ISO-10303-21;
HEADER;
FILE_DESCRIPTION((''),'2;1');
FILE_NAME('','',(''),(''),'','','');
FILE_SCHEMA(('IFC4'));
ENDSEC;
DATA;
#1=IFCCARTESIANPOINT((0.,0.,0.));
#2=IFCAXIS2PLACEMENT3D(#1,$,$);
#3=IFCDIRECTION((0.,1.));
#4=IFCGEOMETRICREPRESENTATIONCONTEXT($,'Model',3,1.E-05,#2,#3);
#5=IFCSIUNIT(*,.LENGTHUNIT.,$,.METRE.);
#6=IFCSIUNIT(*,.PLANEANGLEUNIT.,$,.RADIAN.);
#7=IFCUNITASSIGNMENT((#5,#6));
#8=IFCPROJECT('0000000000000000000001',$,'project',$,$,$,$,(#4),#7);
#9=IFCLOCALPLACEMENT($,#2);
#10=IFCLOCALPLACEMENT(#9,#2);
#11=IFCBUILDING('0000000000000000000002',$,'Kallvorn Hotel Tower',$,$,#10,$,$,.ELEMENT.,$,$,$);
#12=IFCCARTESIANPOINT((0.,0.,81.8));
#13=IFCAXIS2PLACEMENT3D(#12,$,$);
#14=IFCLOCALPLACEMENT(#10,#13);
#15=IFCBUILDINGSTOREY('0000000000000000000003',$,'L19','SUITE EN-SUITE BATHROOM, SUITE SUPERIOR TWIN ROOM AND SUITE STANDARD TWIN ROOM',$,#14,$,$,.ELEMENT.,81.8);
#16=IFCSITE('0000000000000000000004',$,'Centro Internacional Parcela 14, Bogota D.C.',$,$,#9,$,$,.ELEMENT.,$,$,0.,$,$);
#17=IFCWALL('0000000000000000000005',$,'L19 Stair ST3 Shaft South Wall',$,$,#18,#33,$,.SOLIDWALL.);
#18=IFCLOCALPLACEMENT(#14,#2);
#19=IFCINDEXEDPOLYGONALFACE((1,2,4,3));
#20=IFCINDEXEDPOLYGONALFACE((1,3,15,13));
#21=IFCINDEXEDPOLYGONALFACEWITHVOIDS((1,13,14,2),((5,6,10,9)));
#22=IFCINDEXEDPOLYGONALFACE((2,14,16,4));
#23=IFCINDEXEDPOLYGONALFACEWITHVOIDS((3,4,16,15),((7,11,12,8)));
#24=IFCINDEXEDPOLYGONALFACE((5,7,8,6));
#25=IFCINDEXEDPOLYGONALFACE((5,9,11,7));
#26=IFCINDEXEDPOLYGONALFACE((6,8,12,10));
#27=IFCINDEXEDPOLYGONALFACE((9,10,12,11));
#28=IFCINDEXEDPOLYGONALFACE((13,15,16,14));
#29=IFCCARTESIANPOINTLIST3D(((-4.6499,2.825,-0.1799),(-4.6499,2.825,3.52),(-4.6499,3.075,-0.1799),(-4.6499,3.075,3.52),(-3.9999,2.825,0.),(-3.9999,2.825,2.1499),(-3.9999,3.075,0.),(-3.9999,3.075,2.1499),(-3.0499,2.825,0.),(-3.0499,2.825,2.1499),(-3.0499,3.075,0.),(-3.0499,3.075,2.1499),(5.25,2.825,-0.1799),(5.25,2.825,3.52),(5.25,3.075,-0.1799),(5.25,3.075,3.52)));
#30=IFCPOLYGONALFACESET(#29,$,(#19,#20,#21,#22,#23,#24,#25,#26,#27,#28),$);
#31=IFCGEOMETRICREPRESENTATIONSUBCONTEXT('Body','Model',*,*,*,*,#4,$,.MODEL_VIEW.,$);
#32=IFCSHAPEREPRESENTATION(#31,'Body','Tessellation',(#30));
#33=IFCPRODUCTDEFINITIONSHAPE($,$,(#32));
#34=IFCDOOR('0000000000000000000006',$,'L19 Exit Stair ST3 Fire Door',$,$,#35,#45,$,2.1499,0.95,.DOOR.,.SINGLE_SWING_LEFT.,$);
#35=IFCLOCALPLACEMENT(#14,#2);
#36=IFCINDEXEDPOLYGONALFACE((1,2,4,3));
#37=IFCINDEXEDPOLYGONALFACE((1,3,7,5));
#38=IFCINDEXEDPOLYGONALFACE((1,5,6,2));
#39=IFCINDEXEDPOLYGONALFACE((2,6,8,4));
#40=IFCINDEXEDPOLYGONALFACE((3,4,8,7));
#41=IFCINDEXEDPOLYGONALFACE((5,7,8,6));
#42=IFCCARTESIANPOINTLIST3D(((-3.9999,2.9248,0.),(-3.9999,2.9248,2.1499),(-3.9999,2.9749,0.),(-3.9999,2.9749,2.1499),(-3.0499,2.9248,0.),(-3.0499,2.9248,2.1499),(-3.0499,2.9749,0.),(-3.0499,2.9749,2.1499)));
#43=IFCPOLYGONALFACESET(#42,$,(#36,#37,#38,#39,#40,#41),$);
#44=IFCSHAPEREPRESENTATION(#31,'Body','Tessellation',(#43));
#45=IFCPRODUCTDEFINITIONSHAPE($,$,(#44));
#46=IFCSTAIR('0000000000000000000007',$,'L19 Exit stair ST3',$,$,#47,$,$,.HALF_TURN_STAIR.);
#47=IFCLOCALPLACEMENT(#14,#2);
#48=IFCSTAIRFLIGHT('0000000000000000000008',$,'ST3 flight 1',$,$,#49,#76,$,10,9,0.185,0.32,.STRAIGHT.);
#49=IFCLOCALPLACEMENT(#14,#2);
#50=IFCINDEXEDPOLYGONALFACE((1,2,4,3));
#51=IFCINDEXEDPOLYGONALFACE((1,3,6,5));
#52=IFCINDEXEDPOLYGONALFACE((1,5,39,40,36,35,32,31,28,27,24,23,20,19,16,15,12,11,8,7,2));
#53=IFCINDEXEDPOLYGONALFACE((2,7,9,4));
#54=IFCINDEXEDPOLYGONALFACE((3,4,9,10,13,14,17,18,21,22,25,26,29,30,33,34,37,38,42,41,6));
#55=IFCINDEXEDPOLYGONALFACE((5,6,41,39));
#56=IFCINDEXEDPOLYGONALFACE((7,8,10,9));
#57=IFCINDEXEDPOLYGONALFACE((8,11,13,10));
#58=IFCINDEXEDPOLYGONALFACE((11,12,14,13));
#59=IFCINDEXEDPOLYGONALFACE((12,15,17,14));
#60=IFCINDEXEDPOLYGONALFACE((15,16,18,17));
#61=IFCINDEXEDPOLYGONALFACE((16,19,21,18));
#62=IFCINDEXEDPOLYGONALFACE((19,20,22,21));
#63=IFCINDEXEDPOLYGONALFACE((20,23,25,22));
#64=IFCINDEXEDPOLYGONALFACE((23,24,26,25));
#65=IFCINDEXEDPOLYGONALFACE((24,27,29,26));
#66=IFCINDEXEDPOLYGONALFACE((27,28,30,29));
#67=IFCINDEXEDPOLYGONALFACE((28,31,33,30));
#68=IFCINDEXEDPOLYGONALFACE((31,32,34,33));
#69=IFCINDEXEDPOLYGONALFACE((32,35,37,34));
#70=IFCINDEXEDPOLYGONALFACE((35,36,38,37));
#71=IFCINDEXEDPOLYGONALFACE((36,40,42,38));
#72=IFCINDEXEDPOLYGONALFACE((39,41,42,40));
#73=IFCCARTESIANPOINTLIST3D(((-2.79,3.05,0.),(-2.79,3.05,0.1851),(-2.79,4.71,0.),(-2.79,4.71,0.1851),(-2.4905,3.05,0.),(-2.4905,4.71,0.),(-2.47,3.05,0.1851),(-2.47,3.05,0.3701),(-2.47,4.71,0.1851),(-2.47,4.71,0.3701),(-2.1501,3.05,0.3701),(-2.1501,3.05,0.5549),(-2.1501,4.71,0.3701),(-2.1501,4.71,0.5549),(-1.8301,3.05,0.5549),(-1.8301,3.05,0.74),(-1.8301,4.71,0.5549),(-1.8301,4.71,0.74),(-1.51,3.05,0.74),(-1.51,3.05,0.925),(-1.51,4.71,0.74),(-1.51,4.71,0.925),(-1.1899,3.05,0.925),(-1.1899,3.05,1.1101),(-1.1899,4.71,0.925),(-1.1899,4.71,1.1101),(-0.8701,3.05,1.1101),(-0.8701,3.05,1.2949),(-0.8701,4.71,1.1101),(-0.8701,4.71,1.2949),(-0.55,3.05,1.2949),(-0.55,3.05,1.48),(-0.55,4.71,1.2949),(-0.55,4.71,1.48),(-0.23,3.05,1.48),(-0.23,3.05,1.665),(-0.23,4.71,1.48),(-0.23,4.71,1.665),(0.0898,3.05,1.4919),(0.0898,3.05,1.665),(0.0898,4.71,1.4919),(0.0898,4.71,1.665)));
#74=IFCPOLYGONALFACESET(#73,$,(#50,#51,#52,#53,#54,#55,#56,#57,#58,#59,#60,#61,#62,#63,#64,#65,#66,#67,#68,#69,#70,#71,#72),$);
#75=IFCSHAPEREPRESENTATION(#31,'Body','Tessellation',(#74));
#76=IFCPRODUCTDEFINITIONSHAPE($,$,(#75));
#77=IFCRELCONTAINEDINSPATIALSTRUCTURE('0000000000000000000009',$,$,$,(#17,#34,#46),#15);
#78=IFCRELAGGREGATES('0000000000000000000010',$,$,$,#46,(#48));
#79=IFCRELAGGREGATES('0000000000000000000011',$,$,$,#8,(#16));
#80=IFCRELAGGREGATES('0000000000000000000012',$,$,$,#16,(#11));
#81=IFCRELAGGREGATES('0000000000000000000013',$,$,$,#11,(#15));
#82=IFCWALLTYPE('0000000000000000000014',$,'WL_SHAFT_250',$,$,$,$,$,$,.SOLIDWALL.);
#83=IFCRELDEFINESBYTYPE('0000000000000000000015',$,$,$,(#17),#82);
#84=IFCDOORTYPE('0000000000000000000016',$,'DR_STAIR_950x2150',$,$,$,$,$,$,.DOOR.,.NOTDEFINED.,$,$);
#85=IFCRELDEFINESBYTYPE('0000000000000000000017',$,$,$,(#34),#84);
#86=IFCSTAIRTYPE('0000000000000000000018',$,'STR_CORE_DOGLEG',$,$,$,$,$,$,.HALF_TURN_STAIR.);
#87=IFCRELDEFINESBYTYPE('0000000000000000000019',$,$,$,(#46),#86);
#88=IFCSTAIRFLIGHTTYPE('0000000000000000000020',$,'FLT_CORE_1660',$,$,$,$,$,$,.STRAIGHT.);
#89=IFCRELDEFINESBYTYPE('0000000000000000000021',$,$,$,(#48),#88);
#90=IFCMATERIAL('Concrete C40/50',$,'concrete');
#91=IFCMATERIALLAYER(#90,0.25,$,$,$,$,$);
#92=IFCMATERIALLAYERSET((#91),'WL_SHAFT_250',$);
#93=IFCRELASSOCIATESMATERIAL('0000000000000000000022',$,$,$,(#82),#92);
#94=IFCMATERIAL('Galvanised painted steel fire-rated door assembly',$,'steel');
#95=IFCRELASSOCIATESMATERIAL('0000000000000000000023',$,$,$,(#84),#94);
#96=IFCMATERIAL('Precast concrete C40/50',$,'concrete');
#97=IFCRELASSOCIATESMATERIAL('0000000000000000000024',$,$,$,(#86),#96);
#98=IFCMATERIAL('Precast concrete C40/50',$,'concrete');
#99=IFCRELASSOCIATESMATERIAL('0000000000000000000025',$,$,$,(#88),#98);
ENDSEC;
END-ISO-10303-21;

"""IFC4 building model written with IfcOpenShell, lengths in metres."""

from ifc_helpers import new_model, si_unit, direction, frame, frame_2d, origin, place, context, subcontext, project, spatial, polyline, rectangle, outline, extrude, material, layer, layer_set, type_object, element, fill, aggregate, save


model = new_model("IFC4")

# Units and contexts
model_context = context("Model", 3, precision=1e-05, world=origin(), true_north=direction((0.0, 1.0)))
body_context = subcontext(model_context, "Body", "Model", "MODEL_VIEW")
ifc_project = project(units=[si_unit("LENGTHUNIT", "METRE"), si_unit("PLANEANGLEUNIT", "RADIAN")], contexts=[model_context])

# Site, building, storey
site_placement = place(None, origin())
site = spatial("IfcSite", under=ifc_project, at=site_placement, Name="Centro Internacional Parcela 14, Bogota D.C.", CompositionType="ELEMENT", RefElevation=0.0)
building_placement = place(site_placement, origin())
building = spatial("IfcBuilding", under=site, at=building_placement, Name="Kallvorn Hotel Tower", CompositionType="ELEMENT")
storey_placement = place(building_placement, frame((0.0, 0.0, 81.8)))
storey = spatial("IfcBuildingStorey", under=building, at=storey_placement, Name="L19", Description="SUITE EN-SUITE BATHROOM, SUITE SUPERIOR TWIN ROOM AND SUITE STANDARD TWIN ROOM", CompositionType="ELEMENT", Elevation=81.8)

# Shared definitions
ifc_material_1 = material(Name="Concrete C40/50", Category="concrete")
ifc_layer_1 = layer(ifc_material_1, 0.25)
ifc_layer_set_1 = layer_set([ifc_layer_1], Name="WL_SHAFT_250")
wall_type_1 = type_object("IfcWallType", Name="WL_SHAFT_250", PredefinedType="SOLIDWALL", material=ifc_layer_set_1)

# Wall, opening, door
wall_1_placement = place(storey_placement, frame((-4.6499, 2.95, -0.1799), z_axis=(0.0, 0.0, 1.0), x_axis=(1.0, 0.0, 0.0)))
wall_1 = element("IfcWall", 1, at=wall_1_placement, inside=storey, type_object=wall_type_1, Name="L19 Stair ST3 Shaft South Wall", PredefinedType="SOLIDWALL", context=body_context, shape_type="SweptSolid", body=[
    extrude(rectangle(XDim=9.8999, YDim=0.25, at=frame_2d((4.95, 0.0))), origin(), (0.0, 0.0, 1.0), 3.7),
])
opening_1_placement = place(wall_1_placement, frame((0.6499, 0.0, 0.1799)))
opening_1 = element("IfcOpeningElement", 2, at=opening_1_placement, cuts=wall_1, PredefinedType="OPENING", context=body_context, shape_type="SweptSolid", body=[
    extrude(rectangle(XDim=0.95, YDim=2.1499, at=frame_2d((0.4751, 1.075))), frame((0.0, 0.1399, 0.0), z_axis=(0.0, -1.0, 0.0), x_axis=(1.0, 0.0, 0.0)), (0.0, 0.0, 1.0), 0.28),
])
ifc_material_2 = material(Name="Galvanised painted steel fire-rated door assembly", Category="steel")
door_type_1 = type_object("IfcDoorType", Name="DR_STAIR_950x2150", OperationType="NOTDEFINED", PredefinedType="DOOR", material=ifc_material_2)
door_1_placement = place(opening_1_placement, origin())
door_1 = element("IfcDoor", 3, at=door_1_placement, inside=storey, type_object=door_type_1, Name="L19 Exit Stair ST3 Fire Door", OperationType="SINGLE_SWING_LEFT", OverallHeight=2.1499, OverallWidth=0.95, PredefinedType="DOOR", context=body_context, shape_type="SweptSolid", body=[
    extrude(rectangle(XDim=0.95, YDim=2.1499, at=frame_2d((0.4751, 1.075))), frame((0.0, 0.0249, 0.0), z_axis=(0.0, -1.0, 0.0), x_axis=(1.0, 0.0, 0.0)), (0.0, 0.0, 1.0), 0.05),
])
fill(opening_1, door_1)

# Stair, stair flight
ifc_material_3 = material(Name="Precast concrete C40/50", Category="concrete")
stair_type = type_object("IfcStairType", Name="STR_CORE_DOGLEG", PredefinedType="HALF_TURN_STAIR", material=ifc_material_3)
stair_placement = place(storey_placement, origin())
stair = element("IfcStair", 4, at=stair_placement, inside=storey, type_object=stair_type, Name="L19 Exit stair ST3", PredefinedType="HALF_TURN_STAIR")
ifc_material_4 = material(Name="Precast concrete C40/50", Category="concrete")
stair_flight_type = type_object("IfcStairFlightType", Name="FLT_CORE_1660", PredefinedType="STRAIGHT", material=ifc_material_4)
stair_flight_placement = place(storey_placement, frame((-2.79, 3.8799, 0.0), z_axis=(0.0, 0.0, 1.0), x_axis=(1.0, 0.0, 0.0)))
stair_flight = element("IfcStairFlight", 5, at=stair_flight_placement, type_object=stair_flight_type, Name="ST3 flight 1", NumberOfRisers=10, NumberOfTreads=9, PredefinedType="STRAIGHT", RiserHeight=0.185, TreadLength=0.32, context=body_context, shape_type="SweptSolid", body=[
    extrude(outline(polyline([(0.0, 0.0), (0.0, 0.1851), (0.3201, 0.1851), (0.3201, 0.3701), (0.6399, 0.3701), (0.6399, 0.5549), (0.96, 0.5549), (0.96, 0.74), (1.28, 0.74), (1.28, 0.925), (1.6001, 0.925), (1.6001, 1.1101), (1.9199, 1.1101), (1.9199, 1.2949), (2.24, 1.2949), (2.24, 1.48), (2.5601, 1.48), (2.5601, 1.665), (2.8799, 1.665), (2.8799, 1.8501), (2.8799, 1.4919), (0.2996, 0.0), (0.0, 0.0)])), frame((0.0, 0.8301, 0.0), z_axis=(0.0, -1.0, 0.0), x_axis=(1.0, 0.0, 0.0)), (0.0, 0.0, 1.0), 1.6599),
])
aggregate(stair, [stair_flight])

save(model, "model.ifc")
